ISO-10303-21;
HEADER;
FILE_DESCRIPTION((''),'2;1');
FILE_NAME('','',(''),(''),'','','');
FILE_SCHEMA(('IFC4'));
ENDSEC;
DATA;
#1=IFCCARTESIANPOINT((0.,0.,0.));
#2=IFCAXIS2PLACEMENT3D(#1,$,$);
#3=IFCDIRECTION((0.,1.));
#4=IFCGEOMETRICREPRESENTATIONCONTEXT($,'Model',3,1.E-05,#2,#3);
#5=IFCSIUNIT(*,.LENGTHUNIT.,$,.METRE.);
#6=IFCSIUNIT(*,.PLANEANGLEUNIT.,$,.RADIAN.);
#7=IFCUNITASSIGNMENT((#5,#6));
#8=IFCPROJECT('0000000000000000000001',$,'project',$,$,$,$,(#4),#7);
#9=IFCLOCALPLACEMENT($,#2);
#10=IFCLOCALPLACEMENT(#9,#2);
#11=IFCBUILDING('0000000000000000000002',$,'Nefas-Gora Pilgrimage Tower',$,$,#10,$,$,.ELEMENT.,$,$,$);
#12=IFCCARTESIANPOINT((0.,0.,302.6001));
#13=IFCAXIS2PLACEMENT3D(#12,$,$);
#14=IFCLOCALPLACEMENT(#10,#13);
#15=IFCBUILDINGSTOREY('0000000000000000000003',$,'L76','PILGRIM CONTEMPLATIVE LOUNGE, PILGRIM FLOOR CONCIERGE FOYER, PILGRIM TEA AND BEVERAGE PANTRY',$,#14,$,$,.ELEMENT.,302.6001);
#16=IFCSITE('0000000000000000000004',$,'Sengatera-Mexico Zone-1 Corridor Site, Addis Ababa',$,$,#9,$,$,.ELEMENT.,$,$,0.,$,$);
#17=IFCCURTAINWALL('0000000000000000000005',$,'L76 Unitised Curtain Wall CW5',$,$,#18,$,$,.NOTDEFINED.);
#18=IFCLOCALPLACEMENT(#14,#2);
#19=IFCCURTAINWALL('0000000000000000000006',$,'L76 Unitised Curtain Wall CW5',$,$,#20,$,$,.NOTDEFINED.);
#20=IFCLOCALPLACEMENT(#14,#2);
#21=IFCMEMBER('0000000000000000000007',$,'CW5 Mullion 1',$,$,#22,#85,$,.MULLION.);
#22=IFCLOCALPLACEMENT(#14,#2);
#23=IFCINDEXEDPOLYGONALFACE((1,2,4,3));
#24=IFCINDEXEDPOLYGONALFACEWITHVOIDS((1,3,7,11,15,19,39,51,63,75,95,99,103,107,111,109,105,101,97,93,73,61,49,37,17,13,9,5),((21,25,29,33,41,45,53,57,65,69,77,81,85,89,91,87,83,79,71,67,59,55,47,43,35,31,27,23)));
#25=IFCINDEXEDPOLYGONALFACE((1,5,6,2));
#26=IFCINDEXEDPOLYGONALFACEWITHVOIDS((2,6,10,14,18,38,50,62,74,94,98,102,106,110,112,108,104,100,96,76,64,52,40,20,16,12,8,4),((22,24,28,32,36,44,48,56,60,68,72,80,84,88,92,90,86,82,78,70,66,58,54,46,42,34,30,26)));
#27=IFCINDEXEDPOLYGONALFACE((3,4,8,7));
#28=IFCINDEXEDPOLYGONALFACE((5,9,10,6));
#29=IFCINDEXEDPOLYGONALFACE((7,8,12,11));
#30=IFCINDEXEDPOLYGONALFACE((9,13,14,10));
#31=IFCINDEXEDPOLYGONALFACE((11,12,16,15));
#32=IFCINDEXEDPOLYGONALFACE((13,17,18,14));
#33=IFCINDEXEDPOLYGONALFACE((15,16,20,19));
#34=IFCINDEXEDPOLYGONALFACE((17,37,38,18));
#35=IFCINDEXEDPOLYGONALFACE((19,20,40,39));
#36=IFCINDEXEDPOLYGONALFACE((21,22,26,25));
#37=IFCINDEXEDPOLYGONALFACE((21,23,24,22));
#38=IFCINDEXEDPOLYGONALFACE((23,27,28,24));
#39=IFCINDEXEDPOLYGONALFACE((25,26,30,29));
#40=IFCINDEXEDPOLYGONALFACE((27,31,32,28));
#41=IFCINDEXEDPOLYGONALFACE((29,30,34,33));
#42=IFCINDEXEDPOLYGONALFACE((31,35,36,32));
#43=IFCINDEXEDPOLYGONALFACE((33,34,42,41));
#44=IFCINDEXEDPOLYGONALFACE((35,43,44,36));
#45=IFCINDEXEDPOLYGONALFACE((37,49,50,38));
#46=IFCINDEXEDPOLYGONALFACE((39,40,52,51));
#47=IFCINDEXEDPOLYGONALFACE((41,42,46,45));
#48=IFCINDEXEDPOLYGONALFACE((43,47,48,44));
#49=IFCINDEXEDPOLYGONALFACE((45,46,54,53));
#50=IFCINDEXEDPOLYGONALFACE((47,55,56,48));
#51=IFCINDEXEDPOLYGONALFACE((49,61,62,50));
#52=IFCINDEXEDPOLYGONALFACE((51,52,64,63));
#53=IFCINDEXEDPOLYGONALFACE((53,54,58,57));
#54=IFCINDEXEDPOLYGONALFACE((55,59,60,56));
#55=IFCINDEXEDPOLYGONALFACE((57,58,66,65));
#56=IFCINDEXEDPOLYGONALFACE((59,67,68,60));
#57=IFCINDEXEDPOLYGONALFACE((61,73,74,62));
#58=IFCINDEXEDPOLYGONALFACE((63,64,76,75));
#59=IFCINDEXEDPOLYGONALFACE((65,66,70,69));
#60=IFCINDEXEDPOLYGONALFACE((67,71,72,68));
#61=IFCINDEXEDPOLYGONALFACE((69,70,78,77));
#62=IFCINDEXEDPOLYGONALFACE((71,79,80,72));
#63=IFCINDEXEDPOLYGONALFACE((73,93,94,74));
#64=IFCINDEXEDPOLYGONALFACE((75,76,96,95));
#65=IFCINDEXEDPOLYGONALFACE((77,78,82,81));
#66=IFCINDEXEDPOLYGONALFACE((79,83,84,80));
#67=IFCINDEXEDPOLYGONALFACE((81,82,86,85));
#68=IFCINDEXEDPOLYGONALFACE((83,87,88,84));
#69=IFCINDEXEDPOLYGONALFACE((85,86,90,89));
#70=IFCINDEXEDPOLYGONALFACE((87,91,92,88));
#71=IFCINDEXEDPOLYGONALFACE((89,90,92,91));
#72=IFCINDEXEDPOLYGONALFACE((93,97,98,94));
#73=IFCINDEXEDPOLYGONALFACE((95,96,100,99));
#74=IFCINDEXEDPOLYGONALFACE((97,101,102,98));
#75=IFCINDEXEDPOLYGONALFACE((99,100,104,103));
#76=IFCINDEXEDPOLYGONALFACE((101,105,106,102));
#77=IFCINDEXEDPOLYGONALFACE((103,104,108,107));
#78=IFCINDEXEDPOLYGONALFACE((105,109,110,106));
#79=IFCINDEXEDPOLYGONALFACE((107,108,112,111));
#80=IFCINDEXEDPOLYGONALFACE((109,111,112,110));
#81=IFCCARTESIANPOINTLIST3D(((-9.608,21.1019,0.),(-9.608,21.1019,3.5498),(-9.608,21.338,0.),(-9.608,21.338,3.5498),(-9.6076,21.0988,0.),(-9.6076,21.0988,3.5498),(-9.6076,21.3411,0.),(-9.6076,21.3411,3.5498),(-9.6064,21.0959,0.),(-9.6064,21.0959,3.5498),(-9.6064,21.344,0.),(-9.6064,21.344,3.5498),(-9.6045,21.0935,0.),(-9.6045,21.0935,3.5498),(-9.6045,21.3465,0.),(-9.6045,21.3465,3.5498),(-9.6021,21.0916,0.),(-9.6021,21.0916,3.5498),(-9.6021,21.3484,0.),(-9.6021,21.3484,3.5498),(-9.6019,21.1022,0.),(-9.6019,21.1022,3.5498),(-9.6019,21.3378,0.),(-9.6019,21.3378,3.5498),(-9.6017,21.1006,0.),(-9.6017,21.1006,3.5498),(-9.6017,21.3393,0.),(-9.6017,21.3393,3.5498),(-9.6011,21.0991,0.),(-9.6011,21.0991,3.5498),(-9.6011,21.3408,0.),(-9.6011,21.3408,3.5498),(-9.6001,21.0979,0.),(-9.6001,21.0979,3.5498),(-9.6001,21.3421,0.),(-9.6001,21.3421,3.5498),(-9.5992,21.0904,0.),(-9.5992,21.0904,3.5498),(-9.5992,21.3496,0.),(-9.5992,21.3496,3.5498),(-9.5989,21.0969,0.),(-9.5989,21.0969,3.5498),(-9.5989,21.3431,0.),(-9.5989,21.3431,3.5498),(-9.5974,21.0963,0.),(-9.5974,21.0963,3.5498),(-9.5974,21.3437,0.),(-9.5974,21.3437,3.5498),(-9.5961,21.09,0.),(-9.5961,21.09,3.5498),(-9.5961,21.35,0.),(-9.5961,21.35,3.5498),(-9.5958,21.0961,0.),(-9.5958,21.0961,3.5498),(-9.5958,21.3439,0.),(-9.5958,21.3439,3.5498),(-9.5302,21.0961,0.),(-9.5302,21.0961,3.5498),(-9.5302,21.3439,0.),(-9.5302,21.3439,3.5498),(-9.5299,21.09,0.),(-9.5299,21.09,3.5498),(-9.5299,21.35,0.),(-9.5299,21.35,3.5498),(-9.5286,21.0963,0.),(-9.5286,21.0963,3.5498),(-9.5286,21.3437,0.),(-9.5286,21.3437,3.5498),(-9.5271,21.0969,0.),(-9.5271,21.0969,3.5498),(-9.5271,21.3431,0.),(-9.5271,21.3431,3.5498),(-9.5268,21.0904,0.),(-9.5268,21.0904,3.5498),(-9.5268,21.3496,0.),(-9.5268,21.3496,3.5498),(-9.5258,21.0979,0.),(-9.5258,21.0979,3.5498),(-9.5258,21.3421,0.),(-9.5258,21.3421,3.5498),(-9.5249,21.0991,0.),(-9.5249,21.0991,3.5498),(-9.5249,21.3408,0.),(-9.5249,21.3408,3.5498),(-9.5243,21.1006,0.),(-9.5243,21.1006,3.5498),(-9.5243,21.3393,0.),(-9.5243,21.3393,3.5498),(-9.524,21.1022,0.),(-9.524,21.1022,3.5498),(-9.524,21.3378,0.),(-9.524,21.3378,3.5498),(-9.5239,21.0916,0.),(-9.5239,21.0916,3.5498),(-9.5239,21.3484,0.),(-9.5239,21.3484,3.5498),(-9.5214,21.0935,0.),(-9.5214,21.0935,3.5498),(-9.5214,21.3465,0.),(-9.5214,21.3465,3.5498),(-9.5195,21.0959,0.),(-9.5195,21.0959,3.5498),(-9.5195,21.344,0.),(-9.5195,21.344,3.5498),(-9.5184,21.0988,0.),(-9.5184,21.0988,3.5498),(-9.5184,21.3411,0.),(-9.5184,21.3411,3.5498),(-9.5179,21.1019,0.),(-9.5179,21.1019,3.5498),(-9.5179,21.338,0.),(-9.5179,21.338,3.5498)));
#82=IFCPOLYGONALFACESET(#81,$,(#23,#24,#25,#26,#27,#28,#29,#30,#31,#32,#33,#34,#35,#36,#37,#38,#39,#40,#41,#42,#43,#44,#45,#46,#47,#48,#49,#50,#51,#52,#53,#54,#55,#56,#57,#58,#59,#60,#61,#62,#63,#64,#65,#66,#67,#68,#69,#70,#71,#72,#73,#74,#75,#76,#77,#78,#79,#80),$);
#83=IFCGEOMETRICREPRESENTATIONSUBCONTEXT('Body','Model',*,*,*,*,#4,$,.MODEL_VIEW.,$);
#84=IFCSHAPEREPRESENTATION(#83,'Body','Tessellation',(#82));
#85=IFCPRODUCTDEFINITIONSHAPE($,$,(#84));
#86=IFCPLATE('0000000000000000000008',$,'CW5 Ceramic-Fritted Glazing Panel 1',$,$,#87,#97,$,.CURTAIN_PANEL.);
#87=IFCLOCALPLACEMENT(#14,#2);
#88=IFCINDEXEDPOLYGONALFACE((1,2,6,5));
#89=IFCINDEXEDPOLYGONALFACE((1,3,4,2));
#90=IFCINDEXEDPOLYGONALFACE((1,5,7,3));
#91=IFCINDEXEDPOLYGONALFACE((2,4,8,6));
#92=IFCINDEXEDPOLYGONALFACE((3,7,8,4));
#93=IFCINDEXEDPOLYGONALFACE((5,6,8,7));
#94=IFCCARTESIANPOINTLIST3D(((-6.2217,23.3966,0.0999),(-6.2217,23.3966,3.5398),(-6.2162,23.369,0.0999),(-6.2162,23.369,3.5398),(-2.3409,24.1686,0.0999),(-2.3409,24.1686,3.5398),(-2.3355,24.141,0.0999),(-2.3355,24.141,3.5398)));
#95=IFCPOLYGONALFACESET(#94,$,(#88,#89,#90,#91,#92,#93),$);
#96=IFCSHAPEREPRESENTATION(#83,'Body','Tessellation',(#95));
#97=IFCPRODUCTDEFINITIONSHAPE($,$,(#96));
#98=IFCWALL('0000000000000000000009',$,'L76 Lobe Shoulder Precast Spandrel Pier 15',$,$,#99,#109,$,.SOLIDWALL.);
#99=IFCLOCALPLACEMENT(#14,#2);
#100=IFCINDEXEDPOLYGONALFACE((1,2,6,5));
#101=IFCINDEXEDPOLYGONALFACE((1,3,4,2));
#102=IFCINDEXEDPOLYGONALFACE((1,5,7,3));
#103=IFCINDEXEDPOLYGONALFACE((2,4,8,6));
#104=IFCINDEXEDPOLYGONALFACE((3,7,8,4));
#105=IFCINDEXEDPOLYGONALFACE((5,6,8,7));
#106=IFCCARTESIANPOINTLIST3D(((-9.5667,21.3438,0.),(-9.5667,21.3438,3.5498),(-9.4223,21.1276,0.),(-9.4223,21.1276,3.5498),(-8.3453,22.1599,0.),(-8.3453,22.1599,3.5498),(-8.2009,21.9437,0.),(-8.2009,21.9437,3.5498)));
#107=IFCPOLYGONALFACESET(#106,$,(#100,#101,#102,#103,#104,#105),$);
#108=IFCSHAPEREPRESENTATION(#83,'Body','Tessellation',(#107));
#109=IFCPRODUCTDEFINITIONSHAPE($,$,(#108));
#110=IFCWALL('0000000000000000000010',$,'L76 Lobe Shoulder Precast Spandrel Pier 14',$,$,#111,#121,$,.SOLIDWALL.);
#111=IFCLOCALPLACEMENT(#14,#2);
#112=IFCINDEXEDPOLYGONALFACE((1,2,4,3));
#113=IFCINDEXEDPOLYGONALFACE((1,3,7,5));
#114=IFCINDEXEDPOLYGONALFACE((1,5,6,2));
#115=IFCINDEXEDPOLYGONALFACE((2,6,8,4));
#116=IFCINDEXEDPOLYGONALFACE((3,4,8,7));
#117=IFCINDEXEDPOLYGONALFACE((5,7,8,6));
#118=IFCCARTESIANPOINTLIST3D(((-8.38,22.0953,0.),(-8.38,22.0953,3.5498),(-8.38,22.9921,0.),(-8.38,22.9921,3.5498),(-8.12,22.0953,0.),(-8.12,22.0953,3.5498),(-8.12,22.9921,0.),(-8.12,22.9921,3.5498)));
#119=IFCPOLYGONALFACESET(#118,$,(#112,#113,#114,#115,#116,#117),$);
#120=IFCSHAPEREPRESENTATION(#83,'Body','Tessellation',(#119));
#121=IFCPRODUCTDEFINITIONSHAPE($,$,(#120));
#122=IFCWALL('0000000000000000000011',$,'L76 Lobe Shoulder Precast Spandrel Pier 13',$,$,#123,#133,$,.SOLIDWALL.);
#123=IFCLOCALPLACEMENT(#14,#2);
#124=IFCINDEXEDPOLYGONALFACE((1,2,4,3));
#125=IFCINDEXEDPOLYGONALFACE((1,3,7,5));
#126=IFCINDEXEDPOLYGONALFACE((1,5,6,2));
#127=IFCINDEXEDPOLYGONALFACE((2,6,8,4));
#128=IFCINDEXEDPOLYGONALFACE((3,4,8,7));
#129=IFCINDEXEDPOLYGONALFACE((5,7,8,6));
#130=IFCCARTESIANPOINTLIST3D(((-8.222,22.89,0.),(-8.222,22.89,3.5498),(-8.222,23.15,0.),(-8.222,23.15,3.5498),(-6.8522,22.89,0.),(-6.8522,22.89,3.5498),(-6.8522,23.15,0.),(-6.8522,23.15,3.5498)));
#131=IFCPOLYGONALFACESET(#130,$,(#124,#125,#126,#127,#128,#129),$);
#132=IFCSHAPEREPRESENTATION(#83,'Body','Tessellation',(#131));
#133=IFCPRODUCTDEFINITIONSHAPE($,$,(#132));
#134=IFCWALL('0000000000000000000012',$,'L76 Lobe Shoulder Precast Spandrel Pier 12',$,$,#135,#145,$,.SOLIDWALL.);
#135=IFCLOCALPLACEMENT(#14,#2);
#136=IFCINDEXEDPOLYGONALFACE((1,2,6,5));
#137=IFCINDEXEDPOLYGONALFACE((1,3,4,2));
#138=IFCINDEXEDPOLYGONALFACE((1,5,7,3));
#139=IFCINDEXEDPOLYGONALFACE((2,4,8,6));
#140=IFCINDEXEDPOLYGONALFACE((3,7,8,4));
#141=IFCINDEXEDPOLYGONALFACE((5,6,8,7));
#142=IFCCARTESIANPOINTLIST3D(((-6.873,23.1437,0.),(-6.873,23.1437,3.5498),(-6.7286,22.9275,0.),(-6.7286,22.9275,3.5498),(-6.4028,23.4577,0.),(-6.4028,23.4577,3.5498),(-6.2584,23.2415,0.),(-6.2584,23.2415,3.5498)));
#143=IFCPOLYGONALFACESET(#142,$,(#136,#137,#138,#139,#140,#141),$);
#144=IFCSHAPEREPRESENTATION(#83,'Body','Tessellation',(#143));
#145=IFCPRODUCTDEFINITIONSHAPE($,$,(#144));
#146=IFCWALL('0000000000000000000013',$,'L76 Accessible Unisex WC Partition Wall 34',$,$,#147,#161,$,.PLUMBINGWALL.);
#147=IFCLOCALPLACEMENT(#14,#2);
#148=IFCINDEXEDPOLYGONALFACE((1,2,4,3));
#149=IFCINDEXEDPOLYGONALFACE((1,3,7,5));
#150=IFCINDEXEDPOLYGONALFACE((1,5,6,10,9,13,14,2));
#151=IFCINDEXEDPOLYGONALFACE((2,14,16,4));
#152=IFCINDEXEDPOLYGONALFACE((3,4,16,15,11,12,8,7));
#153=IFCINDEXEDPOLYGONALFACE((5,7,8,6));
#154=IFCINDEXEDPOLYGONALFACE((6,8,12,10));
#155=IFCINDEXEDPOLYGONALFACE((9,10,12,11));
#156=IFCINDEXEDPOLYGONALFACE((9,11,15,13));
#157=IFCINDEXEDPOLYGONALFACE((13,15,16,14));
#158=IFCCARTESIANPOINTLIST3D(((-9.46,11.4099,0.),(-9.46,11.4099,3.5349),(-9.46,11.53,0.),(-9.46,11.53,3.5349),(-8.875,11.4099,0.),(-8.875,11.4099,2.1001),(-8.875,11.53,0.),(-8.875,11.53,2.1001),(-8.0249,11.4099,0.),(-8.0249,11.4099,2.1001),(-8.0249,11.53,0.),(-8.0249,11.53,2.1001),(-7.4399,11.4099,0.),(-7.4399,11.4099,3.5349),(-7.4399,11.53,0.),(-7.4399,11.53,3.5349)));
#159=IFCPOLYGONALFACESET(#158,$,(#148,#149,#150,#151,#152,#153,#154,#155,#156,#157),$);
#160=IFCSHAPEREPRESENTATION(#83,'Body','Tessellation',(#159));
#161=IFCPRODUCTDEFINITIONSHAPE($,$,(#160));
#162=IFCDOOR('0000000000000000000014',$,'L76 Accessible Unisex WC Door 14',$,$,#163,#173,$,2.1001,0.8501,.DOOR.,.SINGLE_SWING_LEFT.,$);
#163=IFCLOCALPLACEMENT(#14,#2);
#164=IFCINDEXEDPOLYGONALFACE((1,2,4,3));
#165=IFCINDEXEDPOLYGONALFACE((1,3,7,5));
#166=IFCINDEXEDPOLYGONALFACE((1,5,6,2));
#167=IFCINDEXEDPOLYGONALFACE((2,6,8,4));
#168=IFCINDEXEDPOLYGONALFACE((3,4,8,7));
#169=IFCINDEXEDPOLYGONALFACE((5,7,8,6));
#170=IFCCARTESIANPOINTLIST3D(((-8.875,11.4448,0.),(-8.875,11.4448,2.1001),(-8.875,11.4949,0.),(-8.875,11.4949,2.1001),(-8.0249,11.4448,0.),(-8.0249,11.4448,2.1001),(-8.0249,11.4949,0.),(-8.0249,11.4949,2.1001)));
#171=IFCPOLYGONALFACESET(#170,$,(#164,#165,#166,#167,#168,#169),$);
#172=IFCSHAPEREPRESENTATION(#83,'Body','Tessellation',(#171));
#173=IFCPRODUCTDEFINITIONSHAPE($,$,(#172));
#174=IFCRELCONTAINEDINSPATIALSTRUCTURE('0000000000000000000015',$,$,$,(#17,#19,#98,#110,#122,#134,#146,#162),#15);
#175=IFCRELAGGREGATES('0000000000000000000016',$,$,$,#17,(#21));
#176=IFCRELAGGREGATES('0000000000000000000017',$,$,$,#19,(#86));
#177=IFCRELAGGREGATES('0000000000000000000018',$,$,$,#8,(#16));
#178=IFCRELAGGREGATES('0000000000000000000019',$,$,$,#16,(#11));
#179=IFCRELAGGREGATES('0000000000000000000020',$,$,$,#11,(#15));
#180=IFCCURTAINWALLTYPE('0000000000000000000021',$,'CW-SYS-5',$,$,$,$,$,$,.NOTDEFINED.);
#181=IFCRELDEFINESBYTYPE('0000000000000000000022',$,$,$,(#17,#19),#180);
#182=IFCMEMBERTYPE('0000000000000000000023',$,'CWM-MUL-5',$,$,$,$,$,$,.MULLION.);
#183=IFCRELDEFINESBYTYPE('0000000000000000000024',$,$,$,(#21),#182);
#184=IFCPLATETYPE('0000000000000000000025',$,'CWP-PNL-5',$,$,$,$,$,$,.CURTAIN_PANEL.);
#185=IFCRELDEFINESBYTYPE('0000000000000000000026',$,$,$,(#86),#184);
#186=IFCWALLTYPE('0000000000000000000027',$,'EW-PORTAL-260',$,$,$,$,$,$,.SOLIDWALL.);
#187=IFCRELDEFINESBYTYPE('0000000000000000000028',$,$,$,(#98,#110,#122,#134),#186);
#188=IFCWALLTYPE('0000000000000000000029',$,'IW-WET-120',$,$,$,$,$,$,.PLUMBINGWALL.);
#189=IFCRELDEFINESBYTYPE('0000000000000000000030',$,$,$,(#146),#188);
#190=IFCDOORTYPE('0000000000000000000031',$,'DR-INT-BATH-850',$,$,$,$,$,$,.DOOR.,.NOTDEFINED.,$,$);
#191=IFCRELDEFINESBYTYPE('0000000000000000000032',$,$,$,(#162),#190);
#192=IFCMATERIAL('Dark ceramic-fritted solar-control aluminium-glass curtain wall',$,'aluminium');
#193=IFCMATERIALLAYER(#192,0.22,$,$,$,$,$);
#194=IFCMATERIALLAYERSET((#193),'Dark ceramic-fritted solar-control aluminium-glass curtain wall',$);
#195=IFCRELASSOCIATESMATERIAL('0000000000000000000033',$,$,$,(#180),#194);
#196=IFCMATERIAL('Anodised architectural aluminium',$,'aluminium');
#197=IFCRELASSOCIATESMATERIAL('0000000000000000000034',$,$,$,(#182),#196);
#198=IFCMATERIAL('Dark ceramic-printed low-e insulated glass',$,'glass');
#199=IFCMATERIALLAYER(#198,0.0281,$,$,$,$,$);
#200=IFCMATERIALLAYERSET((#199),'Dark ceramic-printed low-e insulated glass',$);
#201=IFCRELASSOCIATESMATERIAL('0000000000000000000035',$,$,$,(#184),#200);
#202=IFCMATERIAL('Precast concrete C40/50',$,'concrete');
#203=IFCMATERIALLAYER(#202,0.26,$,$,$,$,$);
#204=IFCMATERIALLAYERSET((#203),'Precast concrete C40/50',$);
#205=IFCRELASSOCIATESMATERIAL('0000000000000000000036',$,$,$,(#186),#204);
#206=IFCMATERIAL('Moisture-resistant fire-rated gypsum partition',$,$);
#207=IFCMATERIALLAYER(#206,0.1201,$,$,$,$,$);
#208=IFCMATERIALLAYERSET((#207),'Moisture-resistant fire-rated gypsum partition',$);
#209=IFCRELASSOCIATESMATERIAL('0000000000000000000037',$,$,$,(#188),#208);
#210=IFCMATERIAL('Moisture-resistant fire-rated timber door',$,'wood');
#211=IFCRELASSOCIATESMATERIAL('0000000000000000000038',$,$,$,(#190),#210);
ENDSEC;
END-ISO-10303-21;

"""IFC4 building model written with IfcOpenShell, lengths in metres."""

from ifc_helpers import new_model, si_unit, direction, frame, frame_2d, origin, origin_2d, place, context, subcontext, project, spatial, rectangle, hollow_rectangle, extrude, source, transform, mapped, material, layer, layer_set, material_profile, profile_set, type_object, element, fill, aggregate, save


model = new_model("IFC4")

# Units and contexts
model_context = context("Model", 3, precision=1e-05, world=origin(), true_north=direction((0.0, 1.0)))
body_context = subcontext(model_context, "Body", "Model", "MODEL_VIEW")
ifc_project = project(units=[si_unit("LENGTHUNIT", "METRE"), si_unit("PLANEANGLEUNIT", "RADIAN")], contexts=[model_context])

# Site, building, storey
site_placement = place(None, origin())
site = spatial("IfcSite", under=ifc_project, at=site_placement, Name="Sengatera-Mexico Zone-1 Corridor Site, Addis Ababa", CompositionType="ELEMENT", RefElevation=0.0)
building_placement = place(site_placement, origin())
building = spatial("IfcBuilding", under=site, at=building_placement, Name="Nefas-Gora Pilgrimage Tower", CompositionType="ELEMENT")
storey_placement = place(building_placement, frame((0.0, 0.0, 302.6001)))
storey = spatial("IfcBuildingStorey", under=building, at=storey_placement, Name="L76", Description="PILGRIM CONTEMPLATIVE LOUNGE, PILGRIM FLOOR CONCIERGE FOYER, PILGRIM TEA AND BEVERAGE PANTRY", CompositionType="ELEMENT", Elevation=302.6001)

# Curtain walls
ifc_material_1 = material(Name="Dark ceramic-fritted solar-control aluminium-glass curtain wall", Category="aluminium")
ifc_layer_1 = layer(ifc_material_1, 0.22)
ifc_layer_set_1 = layer_set([ifc_layer_1], Name="Dark ceramic-fritted solar-control aluminium-glass curtain wall")
curtain_wall_type = type_object("IfcCurtainWallType", Name="CW-SYS-5", PredefinedType="NOTDEFINED", material=ifc_layer_set_1)
curtain_wall_1_placement = place(storey_placement, origin())
curtain_wall_1 = element("IfcCurtainWall", 1, at=curtain_wall_1_placement, inside=storey, type_object=curtain_wall_type, Name="L76 Unitised Curtain Wall CW5", PredefinedType="NOTDEFINED")
ifc_material_2 = material(Name="Anodised architectural aluminium", Category="aluminium")
curtain_wall_2_placement = place(storey_placement, origin())
curtain_wall_2 = element("IfcCurtainWall", 2, at=curtain_wall_2_placement, inside=storey, type_object=curtain_wall_type, Name="L76 Unitised Curtain Wall CW5", PredefinedType="NOTDEFINED")
ifc_material_profile_1 = material_profile(ifc_material_2, hollow_rectangle(XDim=0.0901, YDim=0.26, WallThickness=0.0061, InnerFilletRadius=0.0061, OuterFilletRadius=0.012, at=origin_2d()), Name="ALU MULLION 90x260")
ifc_profile_set_1 = profile_set([ifc_material_profile_1], Name="Anodised architectural aluminium")
member_type_1 = type_object("IfcMemberType", Name="CWM-MUL-5", PredefinedType="MULLION", material=ifc_profile_set_1)
shared_shape_1 = source(origin(), body_context, "Body", "SweptSolid", [
    extrude(hollow_rectangle(XDim=0.0901, YDim=0.26, WallThickness=0.0061, InnerFilletRadius=0.0061, OuterFilletRadius=0.012, at=origin_2d()), origin(), (0.0, 0.0, 1.0), 3.5498),
])

# Member
member_1_placement = place(storey_placement, frame((-9.563, 21.22, 0.0), z_axis=(0.0, 0.0, 1.0), x_axis=(-1.0, 0.0, 0.0)))
member_1 = element("IfcMember", 3, at=member_1_placement, type_object=member_type_1, Name="CW5 Mullion 1", PredefinedType="MULLION", context=body_context, shape_type="MappedRepresentation", body=[
    mapped(shared_shape_1, transform((0.0, 0.0, 0.0), x_axis=(1.0, 0.0, 0.0), y_axis=(0.0, 1.0, 0.0), z_axis=(0.0, 0.0, 1.0), scale=1.0)),
])
aggregate(curtain_wall_1, [member_1])

# Plate
ifc_material_3 = material(Name="Dark ceramic-printed low-e insulated glass", Category="glass")
ifc_layer_2 = layer(ifc_material_3, 0.0281)
ifc_layer_set_2 = layer_set([ifc_layer_2], Name="Dark ceramic-printed low-e insulated glass")
plate_type = type_object("IfcPlateType", Name="CWP-PNL-5", PredefinedType="CURTAIN_PANEL", material=ifc_layer_set_2)
shared_shape_2 = source(origin(), body_context, "Body", "SweptSolid", [
    extrude(rectangle(XDim=3.9568, YDim=0.0281, at=origin_2d()), origin(), (0.0, 0.0, 1.0), 3.4399),
])
plate_placement = place(storey_placement, frame((-4.2786, 23.7688, 0.0999), z_axis=(0.0, 0.0, 1.0), x_axis=(-0.980783, -0.195102, 0.0)))
plate = element("IfcPlate", 4, at=plate_placement, type_object=plate_type, Name="CW5 Ceramic-Fritted Glazing Panel 1", PredefinedType="CURTAIN_PANEL", context=body_context, shape_type="MappedRepresentation", body=[
    mapped(shared_shape_2, transform((0.0, 0.0, 0.0), x_axis=(1.0, 0.0, 0.0), y_axis=(0.0, 1.0, 0.0), z_axis=(0.0, 0.0, 1.0), scale=1.0)),
])
aggregate(curtain_wall_2, [plate])

# Walls
ifc_material_4 = material(Name="Precast concrete C40/50", Category="concrete")
ifc_layer_3 = layer(ifc_material_4, 0.26)
ifc_layer_set_3 = layer_set([ifc_layer_3], Name="Precast concrete C40/50")
wall_type_1 = type_object("IfcWallType", Name="EW-PORTAL-260", PredefinedType="SOLIDWALL", material=ifc_layer_set_3)
shared_shape_3 = source(origin(), body_context, "Body", "SweptSolid", [
    extrude(rectangle(XDim=1.469, YDim=0.26, at=frame_2d((0.7344, 0.0))), origin(), (0.0, 0.0, 1.0), 3.5498),
])
wall_1_placement = place(storey_placement, frame((-8.2732, 22.0518, 0.0), z_axis=(0.0, 0.0, 1.0), x_axis=(-0.831462, -0.555582, 0.0)))
element("IfcWall", 5, at=wall_1_placement, inside=storey, type_object=wall_type_1, Name="L76 Lobe Shoulder Precast Spandrel Pier 15", PredefinedType="SOLIDWALL", context=body_context, shape_type="MappedRepresentation", body=[
    mapped(shared_shape_3, transform((0.0, 0.0, 0.0), x_axis=(1.0, 0.0, 0.0), y_axis=(0.0, 1.0, 0.0), z_axis=(0.0, 0.0, 1.0), scale=1.0)),
])
shared_shape_4 = source(origin(), body_context, "Body", "SweptSolid", [
    extrude(rectangle(XDim=0.8967, YDim=0.26, at=frame_2d((0.4482, 0.0))), origin(), (0.0, 0.0, 1.0), 3.5498),
])
wall_2_placement = place(storey_placement, frame((-8.25, 22.9919, 0.0), z_axis=(0.0, 0.0, 1.0), x_axis=(0.0, -1.0, 0.0)))
element("IfcWall", 6, at=wall_2_placement, inside=storey, type_object=wall_type_1, Name="L76 Lobe Shoulder Precast Spandrel Pier 14", PredefinedType="SOLIDWALL", context=body_context, shape_type="MappedRepresentation", body=[
    mapped(shared_shape_4, transform((0.0, 0.0, 0.0), x_axis=(1.0, 0.0, 0.0), y_axis=(0.0, 1.0, 0.0), z_axis=(0.0, 0.0, 1.0), scale=1.0)),
])
shared_shape_5 = source(origin(), body_context, "Body", "SweptSolid", [
    extrude(rectangle(XDim=1.3699, YDim=0.26, at=frame_2d((0.6851, 0.0))), origin(), (0.0, 0.0, 1.0), 3.5498),
])
wall_3_placement = place(storey_placement, frame((-6.8521, 23.02, 0.0), z_axis=(0.0, 0.0, 1.0), x_axis=(-1.0, 0.0, 0.0)))
element("IfcWall", 7, at=wall_3_placement, inside=storey, type_object=wall_type_1, Name="L76 Lobe Shoulder Precast Spandrel Pier 13", PredefinedType="SOLIDWALL", context=body_context, shape_type="MappedRepresentation", body=[
    mapped(shared_shape_5, transform((0.0, 0.0, 0.0), x_axis=(1.0, 0.0, 0.0), y_axis=(0.0, 1.0, 0.0), z_axis=(0.0, 0.0, 1.0), scale=1.0)),
])
shared_shape_6 = source(origin(), body_context, "Body", "SweptSolid", [
    extrude(rectangle(XDim=0.5654, YDim=0.26, at=frame_2d((0.2827, 0.0))), origin(), (0.0, 0.0, 1.0), 3.5498),
])
wall_4_placement = place(storey_placement, frame((-6.3306, 23.3496, 0.0), z_axis=(0.0, 0.0, 1.0), x_axis=(-0.831651, -0.555298, 0.0)))
element("IfcWall", 8, at=wall_4_placement, inside=storey, type_object=wall_type_1, Name="L76 Lobe Shoulder Precast Spandrel Pier 12", PredefinedType="SOLIDWALL", context=body_context, shape_type="MappedRepresentation", body=[
    mapped(shared_shape_6, transform((0.0, 0.0, 0.0), x_axis=(1.0, 0.0, 0.0), y_axis=(0.0, 1.0, 0.0), z_axis=(0.0, 0.0, 1.0), scale=1.0)),
])

# Wall, opening, door
ifc_material_5 = material(Name="Moisture-resistant fire-rated gypsum partition")
ifc_layer_4 = layer(ifc_material_5, 0.1201)
ifc_layer_set_4 = layer_set([ifc_layer_4], Name="Moisture-resistant fire-rated gypsum partition")
wall_type_2 = type_object("IfcWallType", Name="IW-WET-120", PredefinedType="PLUMBINGWALL", material=ifc_layer_set_4)
shared_shape_7 = source(origin(), body_context, "Body", "SweptSolid", [
    extrude(rectangle(XDim=2.02, YDim=0.1201, at=frame_2d((1.01, 0.0))), origin(), (0.0, 0.0, 1.0), 3.5349),
])
wall_5_placement = place(storey_placement, frame((-9.46, 11.47, 0.0), z_axis=(0.0, 0.0, 1.0), x_axis=(1.0, 0.0, 0.0)))
wall_5 = element("IfcWall", 9, at=wall_5_placement, inside=storey, type_object=wall_type_2, Name="L76 Accessible Unisex WC Partition Wall 34", PredefinedType="PLUMBINGWALL", context=body_context, shape_type="MappedRepresentation", body=[
    mapped(shared_shape_7, transform((0.0, 0.0, 0.0), x_axis=(1.0, 0.0, 0.0), y_axis=(0.0, 1.0, 0.0), z_axis=(0.0, 0.0, 1.0), scale=1.0)),
])
opening_1_placement = place(wall_5_placement, frame((0.585, 0.0, 0.0)))
opening_1 = element("IfcOpeningElement", 10, at=opening_1_placement, cuts=wall_5, PredefinedType="OPENING", context=body_context, shape_type="SweptSolid", body=[
    extrude(rectangle(XDim=0.8501, YDim=2.1001, at=frame_2d((0.425, 1.05))), frame((0.0, 0.0701, 0.0), z_axis=(0.0, -1.0, 0.0), x_axis=(1.0, 0.0, 0.0)), (0.0, 0.0, 1.0), 0.1401),
])
ifc_material_6 = material(Name="Moisture-resistant fire-rated timber door", Category="wood")
door_type_1 = type_object("IfcDoorType", Name="DR-INT-BATH-850", OperationType="NOTDEFINED", PredefinedType="DOOR", material=ifc_material_6)
shared_shape_8 = source(origin(), body_context, "Body", "SweptSolid", [
    extrude(rectangle(XDim=0.8501, YDim=2.1001, at=frame_2d((0.425, 1.05))), frame((0.0, 0.0249, 0.0), z_axis=(0.0, -1.0, 0.0), x_axis=(1.0, 0.0, 0.0)), (0.0, 0.0, 1.0), 0.05),
])
door_1_placement = place(opening_1_placement, origin())
door_1 = element("IfcDoor", 11, at=door_1_placement, inside=storey, type_object=door_type_1, Name="L76 Accessible Unisex WC Door 14", OperationType="SINGLE_SWING_LEFT", OverallHeight=2.1001, OverallWidth=0.8501, PredefinedType="DOOR", context=body_context, shape_type="MappedRepresentation", body=[
    mapped(shared_shape_8, transform((0.0, 0.0, 0.0), x_axis=(1.0, 0.0, 0.0), y_axis=(0.0, 1.0, 0.0), z_axis=(0.0, 0.0, 1.0), scale=1.0)),
])
fill(opening_1, door_1)

save(model, "model.ifc")
